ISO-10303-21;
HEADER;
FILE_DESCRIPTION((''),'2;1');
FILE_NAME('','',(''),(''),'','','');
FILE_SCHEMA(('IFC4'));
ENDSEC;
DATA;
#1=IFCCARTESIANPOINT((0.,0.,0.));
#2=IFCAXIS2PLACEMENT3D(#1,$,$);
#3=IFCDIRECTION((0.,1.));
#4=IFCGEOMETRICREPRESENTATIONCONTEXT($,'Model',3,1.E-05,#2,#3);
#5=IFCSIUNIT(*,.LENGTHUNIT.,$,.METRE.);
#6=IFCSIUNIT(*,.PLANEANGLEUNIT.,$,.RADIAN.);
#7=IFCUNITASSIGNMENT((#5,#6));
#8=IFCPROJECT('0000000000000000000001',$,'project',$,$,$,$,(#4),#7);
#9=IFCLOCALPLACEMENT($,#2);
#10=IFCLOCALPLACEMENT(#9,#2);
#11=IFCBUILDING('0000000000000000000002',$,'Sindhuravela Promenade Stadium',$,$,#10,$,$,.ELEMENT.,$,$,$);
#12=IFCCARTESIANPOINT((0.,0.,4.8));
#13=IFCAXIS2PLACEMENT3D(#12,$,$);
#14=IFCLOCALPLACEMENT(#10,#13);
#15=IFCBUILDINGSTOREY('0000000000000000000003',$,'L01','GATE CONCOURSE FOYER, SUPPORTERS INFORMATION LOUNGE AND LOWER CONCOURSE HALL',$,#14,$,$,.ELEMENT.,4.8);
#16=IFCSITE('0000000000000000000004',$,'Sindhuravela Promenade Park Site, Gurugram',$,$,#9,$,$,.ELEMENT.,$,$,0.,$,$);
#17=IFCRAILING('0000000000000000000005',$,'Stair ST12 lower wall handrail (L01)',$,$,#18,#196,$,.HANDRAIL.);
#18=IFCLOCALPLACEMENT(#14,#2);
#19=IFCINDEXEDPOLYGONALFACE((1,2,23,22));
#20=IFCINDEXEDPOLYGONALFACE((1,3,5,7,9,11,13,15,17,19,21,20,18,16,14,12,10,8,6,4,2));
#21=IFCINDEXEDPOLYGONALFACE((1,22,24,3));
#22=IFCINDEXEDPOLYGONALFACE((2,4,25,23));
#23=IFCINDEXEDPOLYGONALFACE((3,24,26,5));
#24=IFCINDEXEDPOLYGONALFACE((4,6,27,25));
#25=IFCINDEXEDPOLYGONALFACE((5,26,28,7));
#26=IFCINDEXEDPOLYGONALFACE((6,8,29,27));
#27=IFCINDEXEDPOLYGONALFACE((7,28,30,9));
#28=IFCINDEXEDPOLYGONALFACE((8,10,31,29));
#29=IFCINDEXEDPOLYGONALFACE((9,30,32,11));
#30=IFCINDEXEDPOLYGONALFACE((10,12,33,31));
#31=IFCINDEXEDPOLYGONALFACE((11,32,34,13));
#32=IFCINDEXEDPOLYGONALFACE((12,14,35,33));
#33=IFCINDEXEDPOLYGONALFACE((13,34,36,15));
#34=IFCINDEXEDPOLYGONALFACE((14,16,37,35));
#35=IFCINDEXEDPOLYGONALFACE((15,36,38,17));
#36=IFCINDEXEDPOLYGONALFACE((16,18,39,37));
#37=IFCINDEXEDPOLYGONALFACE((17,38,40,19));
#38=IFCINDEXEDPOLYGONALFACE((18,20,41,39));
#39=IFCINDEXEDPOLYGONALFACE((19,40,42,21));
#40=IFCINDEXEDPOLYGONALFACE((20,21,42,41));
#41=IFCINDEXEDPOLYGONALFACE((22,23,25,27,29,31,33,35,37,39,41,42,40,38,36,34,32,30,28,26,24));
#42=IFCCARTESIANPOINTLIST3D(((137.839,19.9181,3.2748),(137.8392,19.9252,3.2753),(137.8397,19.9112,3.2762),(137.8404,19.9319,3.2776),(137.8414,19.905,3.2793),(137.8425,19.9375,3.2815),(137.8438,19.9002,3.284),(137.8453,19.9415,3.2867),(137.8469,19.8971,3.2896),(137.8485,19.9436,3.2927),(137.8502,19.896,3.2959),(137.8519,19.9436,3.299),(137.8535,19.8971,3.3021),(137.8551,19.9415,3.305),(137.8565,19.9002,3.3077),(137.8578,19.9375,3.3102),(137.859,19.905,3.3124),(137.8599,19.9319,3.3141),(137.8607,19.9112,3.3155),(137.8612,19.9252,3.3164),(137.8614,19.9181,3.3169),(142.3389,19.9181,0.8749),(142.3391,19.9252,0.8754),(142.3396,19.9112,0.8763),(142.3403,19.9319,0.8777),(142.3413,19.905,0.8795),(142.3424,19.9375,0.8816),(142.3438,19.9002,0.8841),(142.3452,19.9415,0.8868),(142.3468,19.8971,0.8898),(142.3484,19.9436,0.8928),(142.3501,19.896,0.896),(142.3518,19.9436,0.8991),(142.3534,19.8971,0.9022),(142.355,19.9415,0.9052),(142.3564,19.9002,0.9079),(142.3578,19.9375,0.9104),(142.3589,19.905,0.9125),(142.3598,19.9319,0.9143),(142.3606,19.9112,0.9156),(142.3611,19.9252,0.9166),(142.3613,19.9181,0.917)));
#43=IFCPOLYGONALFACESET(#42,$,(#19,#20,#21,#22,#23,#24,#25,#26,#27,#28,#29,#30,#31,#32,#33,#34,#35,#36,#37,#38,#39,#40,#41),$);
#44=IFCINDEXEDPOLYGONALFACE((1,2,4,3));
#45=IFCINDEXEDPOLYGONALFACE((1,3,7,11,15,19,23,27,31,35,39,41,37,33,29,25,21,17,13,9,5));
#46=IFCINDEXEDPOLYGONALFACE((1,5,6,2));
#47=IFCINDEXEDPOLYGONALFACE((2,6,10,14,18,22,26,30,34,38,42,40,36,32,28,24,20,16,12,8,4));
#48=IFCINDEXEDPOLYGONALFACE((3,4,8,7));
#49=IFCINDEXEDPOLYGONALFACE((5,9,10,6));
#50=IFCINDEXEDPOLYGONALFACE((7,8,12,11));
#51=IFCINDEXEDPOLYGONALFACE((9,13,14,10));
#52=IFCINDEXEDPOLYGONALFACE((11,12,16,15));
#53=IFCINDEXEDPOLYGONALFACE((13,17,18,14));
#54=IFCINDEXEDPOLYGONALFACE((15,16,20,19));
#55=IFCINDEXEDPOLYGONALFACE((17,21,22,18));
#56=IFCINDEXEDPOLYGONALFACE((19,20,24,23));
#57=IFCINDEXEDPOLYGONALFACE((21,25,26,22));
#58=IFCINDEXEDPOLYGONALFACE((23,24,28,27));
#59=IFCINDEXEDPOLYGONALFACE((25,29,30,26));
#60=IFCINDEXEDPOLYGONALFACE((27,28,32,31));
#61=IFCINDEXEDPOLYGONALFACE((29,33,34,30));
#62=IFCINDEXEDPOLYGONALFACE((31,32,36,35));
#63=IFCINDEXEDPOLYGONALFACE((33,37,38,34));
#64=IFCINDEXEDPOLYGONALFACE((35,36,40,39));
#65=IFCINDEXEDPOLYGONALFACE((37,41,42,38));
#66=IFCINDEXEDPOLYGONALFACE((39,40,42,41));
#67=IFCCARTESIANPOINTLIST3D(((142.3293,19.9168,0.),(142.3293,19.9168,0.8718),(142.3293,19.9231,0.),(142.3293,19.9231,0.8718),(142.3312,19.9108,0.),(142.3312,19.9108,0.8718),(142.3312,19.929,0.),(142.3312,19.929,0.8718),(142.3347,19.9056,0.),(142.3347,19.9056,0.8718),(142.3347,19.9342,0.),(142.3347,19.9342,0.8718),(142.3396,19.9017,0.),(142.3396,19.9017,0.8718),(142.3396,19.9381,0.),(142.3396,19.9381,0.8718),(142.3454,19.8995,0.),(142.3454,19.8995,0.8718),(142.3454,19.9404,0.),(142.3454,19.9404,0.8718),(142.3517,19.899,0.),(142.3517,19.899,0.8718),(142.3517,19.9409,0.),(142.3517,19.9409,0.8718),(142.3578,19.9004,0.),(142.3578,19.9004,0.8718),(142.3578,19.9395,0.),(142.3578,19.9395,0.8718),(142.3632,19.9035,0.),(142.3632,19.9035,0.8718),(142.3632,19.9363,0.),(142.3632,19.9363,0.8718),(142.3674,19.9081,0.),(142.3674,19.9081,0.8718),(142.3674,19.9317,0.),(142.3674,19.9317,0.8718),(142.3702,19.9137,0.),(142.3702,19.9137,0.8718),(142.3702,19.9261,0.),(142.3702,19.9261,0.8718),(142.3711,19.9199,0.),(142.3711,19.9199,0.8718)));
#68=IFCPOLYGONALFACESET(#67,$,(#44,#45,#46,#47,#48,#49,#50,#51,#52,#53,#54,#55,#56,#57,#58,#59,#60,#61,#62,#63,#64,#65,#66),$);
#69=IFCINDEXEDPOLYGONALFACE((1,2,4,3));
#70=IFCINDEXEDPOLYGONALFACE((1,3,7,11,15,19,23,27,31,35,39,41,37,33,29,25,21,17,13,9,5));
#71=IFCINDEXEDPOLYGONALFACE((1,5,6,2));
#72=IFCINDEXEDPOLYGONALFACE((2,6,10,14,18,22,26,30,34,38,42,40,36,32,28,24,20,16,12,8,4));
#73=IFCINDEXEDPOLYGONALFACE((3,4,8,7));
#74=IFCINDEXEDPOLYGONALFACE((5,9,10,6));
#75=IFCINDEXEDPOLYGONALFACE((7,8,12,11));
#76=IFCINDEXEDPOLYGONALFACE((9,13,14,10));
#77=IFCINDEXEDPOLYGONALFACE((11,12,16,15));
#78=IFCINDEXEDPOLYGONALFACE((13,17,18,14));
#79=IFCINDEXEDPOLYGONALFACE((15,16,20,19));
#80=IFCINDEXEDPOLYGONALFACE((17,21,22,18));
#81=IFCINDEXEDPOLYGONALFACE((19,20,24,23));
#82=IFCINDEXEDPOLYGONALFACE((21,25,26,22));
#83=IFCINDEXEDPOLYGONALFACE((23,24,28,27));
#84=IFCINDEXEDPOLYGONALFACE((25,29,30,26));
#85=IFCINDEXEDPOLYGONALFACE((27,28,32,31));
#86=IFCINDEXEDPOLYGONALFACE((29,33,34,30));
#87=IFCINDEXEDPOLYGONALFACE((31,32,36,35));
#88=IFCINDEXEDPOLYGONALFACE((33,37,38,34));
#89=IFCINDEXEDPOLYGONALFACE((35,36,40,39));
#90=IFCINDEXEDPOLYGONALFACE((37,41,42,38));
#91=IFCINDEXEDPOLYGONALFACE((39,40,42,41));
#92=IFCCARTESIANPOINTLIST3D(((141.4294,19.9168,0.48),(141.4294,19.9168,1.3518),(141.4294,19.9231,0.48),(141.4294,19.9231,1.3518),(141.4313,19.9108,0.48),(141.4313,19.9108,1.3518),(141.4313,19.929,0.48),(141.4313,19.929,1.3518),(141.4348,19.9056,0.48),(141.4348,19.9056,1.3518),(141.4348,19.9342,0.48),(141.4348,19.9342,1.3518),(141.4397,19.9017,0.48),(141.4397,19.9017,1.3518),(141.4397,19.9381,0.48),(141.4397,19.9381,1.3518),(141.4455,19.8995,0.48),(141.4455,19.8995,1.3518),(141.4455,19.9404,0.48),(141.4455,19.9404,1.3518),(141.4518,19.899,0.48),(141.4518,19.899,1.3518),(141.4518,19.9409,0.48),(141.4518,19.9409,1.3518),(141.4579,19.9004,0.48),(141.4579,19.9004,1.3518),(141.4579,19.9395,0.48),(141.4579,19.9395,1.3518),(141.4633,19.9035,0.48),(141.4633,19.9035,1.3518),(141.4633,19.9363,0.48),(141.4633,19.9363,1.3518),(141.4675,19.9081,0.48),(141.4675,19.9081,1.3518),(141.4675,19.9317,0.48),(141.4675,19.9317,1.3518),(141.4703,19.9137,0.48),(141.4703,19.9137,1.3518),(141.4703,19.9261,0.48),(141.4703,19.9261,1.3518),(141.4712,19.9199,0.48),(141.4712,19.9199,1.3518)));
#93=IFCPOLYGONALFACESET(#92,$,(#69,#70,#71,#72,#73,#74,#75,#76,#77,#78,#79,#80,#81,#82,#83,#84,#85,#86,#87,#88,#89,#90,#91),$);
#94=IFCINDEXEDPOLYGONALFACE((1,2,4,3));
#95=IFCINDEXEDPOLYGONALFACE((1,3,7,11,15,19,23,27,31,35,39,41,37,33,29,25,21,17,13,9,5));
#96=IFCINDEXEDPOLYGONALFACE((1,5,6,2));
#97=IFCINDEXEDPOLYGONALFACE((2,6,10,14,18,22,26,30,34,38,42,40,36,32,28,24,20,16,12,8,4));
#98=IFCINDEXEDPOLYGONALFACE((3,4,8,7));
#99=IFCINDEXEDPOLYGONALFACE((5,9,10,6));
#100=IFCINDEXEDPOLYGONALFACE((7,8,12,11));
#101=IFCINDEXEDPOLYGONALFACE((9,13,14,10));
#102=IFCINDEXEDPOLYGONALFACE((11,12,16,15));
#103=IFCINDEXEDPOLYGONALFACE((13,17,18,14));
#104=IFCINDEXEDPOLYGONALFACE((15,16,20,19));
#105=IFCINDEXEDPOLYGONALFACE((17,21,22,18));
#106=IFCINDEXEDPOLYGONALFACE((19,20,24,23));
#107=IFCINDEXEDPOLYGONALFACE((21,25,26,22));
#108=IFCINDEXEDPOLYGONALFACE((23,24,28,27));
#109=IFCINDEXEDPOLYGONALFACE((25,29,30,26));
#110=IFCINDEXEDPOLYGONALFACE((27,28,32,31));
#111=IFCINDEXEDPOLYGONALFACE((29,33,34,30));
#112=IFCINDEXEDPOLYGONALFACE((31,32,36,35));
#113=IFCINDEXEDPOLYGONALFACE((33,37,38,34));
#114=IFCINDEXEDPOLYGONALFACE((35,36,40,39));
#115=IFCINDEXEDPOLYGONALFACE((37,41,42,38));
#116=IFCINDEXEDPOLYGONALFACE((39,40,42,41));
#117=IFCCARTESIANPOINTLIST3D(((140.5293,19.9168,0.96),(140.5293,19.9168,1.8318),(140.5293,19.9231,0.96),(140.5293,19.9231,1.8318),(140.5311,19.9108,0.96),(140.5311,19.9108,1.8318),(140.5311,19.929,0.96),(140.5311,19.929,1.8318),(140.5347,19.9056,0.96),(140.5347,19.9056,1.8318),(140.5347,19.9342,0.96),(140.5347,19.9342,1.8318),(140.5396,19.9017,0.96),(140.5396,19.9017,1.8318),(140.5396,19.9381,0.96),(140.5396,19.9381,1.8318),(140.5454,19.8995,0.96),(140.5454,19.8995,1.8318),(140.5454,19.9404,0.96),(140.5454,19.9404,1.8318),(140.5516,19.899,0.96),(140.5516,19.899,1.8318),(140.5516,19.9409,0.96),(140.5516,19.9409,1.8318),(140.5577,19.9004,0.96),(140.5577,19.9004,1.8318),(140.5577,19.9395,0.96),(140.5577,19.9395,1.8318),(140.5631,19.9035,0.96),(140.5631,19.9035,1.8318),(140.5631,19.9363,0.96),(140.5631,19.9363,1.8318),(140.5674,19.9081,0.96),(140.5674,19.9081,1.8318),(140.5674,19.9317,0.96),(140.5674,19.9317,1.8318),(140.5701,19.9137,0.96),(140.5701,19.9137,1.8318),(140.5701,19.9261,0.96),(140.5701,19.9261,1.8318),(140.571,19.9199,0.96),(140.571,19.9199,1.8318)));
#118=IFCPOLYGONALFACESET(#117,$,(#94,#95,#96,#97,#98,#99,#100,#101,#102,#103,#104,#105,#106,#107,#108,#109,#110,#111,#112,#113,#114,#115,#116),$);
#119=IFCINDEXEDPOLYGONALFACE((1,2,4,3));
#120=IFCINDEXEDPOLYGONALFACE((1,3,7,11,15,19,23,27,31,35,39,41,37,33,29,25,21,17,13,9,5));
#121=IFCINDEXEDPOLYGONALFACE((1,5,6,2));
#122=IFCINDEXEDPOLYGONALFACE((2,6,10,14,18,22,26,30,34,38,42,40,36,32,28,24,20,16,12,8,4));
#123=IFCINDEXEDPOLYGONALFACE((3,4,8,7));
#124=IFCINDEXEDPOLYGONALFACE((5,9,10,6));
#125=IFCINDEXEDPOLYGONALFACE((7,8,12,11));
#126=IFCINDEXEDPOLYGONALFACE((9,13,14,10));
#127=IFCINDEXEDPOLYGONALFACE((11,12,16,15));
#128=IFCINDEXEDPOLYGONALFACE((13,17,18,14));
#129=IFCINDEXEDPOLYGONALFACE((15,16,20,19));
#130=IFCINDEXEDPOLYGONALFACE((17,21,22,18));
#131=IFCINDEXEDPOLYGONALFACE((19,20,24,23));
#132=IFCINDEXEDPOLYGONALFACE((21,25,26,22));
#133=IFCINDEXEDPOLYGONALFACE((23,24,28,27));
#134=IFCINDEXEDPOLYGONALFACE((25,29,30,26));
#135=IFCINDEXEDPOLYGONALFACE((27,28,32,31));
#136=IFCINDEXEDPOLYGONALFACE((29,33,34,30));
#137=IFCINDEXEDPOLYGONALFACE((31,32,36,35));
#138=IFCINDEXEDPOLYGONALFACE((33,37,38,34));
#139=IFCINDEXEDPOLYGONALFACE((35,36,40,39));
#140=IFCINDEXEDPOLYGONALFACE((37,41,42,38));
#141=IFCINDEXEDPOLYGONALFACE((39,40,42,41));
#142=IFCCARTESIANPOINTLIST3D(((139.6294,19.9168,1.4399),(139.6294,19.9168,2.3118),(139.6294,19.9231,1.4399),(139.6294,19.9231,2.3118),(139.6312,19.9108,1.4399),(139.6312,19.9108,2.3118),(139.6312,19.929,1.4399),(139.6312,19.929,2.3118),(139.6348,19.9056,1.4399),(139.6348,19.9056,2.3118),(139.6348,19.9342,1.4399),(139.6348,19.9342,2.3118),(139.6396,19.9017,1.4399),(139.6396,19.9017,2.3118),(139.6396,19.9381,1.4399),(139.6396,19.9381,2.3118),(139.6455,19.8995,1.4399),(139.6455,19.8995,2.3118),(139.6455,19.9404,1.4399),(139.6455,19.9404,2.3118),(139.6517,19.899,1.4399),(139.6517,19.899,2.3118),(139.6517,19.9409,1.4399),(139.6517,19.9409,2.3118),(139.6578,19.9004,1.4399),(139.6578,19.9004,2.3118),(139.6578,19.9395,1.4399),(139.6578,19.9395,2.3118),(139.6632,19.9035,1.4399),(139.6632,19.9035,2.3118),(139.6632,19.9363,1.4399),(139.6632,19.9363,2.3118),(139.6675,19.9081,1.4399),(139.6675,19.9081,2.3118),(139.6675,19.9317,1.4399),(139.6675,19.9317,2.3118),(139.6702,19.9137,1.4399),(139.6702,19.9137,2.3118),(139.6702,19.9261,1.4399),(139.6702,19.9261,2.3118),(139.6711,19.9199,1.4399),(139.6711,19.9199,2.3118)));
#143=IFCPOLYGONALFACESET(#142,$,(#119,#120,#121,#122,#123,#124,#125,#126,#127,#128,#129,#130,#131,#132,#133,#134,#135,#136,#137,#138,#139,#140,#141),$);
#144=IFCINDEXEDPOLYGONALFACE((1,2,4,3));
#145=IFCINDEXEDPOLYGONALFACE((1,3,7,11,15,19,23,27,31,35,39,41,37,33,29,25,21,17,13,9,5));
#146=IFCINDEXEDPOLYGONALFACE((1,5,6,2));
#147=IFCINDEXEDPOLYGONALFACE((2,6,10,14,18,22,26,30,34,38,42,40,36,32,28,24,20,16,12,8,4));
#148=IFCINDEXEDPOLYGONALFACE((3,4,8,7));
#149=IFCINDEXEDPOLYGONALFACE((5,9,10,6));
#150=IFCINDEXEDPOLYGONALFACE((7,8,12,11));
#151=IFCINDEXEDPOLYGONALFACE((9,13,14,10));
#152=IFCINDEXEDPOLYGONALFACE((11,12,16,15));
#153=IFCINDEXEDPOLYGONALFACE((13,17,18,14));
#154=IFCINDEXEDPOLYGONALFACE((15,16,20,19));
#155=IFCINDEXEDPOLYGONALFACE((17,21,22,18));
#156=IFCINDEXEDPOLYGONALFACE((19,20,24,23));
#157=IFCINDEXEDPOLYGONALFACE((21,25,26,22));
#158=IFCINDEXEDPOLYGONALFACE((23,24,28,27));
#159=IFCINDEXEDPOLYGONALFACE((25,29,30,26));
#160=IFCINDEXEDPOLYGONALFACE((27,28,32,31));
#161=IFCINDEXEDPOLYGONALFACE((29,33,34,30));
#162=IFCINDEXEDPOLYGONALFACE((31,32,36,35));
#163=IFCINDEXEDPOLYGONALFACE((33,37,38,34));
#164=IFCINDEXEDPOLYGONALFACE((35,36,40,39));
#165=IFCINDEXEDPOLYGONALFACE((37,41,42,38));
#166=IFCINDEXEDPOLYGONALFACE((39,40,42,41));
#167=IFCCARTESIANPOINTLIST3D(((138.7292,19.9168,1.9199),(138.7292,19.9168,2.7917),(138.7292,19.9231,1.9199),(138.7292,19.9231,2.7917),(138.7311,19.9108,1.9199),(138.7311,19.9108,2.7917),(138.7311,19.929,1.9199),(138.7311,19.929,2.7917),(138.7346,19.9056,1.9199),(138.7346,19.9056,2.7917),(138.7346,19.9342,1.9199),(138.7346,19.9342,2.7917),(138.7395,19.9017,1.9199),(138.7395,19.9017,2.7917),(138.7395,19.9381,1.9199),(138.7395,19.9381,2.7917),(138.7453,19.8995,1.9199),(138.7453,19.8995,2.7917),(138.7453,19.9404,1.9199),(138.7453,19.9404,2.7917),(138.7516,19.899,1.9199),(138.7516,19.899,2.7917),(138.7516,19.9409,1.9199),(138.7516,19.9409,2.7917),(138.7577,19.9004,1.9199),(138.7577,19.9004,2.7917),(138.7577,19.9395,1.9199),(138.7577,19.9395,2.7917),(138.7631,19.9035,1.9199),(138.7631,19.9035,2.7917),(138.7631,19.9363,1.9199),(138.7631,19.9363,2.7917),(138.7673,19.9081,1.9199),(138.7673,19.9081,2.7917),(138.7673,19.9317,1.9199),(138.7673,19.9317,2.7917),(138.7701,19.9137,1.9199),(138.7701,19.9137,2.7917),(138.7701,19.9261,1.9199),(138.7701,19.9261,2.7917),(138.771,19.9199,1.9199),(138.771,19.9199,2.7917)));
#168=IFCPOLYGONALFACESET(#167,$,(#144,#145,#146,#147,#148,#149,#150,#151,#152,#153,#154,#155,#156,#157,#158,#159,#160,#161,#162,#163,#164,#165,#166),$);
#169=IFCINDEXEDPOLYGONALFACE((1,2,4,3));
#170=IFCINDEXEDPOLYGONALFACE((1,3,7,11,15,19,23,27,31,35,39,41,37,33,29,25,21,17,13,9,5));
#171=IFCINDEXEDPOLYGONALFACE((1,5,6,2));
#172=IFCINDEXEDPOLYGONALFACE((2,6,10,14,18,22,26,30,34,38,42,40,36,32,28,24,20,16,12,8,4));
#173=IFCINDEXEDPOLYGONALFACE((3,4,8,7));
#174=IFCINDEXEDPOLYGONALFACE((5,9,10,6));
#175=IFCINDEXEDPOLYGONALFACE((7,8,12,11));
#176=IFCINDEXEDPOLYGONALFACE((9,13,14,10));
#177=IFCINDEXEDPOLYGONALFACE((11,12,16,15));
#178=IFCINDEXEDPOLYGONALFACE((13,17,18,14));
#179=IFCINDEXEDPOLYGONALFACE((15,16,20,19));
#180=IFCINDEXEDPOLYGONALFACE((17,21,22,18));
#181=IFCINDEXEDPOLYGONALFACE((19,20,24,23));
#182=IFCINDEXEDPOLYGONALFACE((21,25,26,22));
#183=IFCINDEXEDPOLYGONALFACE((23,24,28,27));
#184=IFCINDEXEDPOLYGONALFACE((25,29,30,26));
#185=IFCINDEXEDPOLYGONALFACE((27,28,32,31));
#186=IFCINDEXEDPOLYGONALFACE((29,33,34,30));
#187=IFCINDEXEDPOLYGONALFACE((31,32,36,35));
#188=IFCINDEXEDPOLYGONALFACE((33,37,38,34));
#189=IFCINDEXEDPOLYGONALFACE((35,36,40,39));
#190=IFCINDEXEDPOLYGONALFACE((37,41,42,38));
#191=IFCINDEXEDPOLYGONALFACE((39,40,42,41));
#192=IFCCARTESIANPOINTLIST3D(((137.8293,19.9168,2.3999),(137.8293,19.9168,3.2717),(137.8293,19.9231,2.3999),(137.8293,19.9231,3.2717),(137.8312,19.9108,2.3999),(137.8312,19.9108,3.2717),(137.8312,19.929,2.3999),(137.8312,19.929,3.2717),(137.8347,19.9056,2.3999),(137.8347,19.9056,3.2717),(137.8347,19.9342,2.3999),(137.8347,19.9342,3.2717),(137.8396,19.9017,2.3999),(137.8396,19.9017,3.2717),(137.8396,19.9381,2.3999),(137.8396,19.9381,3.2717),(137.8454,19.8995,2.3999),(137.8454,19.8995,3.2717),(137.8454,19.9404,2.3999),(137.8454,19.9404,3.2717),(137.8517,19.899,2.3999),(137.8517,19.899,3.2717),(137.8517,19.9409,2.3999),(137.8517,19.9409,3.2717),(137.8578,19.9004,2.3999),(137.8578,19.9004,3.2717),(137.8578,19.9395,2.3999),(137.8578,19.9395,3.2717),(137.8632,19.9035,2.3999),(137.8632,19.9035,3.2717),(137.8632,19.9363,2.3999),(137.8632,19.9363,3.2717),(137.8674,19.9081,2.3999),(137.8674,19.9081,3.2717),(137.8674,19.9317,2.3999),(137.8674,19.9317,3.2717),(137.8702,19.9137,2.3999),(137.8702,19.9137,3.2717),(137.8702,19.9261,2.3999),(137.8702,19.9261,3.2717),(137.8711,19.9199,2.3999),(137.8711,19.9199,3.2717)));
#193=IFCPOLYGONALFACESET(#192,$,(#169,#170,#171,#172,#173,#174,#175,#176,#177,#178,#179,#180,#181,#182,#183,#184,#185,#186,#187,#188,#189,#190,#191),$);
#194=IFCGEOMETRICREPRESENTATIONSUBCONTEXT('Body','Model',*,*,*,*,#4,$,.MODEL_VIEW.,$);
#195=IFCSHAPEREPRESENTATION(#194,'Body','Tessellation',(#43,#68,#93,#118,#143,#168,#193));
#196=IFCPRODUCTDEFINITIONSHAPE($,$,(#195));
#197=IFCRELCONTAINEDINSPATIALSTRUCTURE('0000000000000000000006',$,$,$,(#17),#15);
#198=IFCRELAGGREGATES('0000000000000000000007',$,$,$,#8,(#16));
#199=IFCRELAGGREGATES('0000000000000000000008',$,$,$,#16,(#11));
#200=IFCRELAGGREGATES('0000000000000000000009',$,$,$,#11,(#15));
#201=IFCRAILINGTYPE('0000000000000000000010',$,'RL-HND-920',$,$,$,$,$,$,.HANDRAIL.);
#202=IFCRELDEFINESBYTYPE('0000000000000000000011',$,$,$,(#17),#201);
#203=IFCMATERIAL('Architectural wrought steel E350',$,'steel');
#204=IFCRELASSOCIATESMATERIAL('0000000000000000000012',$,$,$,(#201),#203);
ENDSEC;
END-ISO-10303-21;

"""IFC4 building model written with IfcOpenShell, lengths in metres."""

from ifc_helpers import new_model, si_unit, direction, frame, origin, origin_2d, place, context, subcontext, project, spatial, circle, extrude, material, type_object, element, save


model = new_model("IFC4")

# Units and contexts
model_context = context("Model", 3, precision=1e-05, world=origin(), true_north=direction((0.0, 1.0)))
body_context = subcontext(model_context, "Body", "Model", "MODEL_VIEW")
ifc_project = project(units=[si_unit("LENGTHUNIT", "METRE"), si_unit("PLANEANGLEUNIT", "RADIAN")], contexts=[model_context])

# Site, building, storey
site_placement = place(None, origin())
site = spatial("IfcSite", under=ifc_project, at=site_placement, Name="Sindhuravela Promenade Park Site, Gurugram", CompositionType="ELEMENT", RefElevation=0.0)
building_placement = place(site_placement, origin())
building = spatial("IfcBuilding", under=site, at=building_placement, Name="Sindhuravela Promenade Stadium", CompositionType="ELEMENT")
storey_placement = place(building_placement, frame((0.0, 0.0, 4.8)))
storey = spatial("IfcBuildingStorey", under=building, at=storey_placement, Name="L01", Description="GATE CONCOURSE FOYER, SUPPORTERS INFORMATION LOUNGE AND LOWER CONCOURSE HALL", CompositionType="ELEMENT", Elevation=4.8)

# Shared definitions
ifc_material_1 = material(Name="Architectural wrought steel E350", Category="steel")

# Railing
railing_type_1 = type_object("IfcRailingType", Name="RL-HND-920", PredefinedType="HANDRAIL", material=ifc_material_1)
railing_1_placement = place(storey_placement, frame((142.3501, 19.9199, 0.0)))
element("IfcRailing", 1, at=railing_1_placement, inside=storey, type_object=railing_type_1, Name="Stair ST12 lower wall handrail (L01)", PredefinedType="HANDRAIL", context=body_context, shape_type="SweptSolid", body=[
    extrude(circle(Radius=0.0239, at=origin_2d()), frame((0.0, 0.0, 0.896), z_axis=(-0.882361, 0.0, 0.470573), x_axis=(0.0, -1.0, 0.0)), (0.0, 0.0, 1.0), 5.0999),
    extrude(circle(Radius=0.021, at=origin_2d()), origin(), (0.0, 0.0, 1.0), 0.8718),
    extrude(circle(Radius=0.021, at=origin_2d()), frame((-0.8999, 0.0, 0.48)), (0.0, 0.0, 1.0), 0.8718),
    extrude(circle(Radius=0.021, at=origin_2d()), frame((-1.8, 0.0, 0.96)), (0.0, 0.0, 1.0), 0.8718),
    extrude(circle(Radius=0.021, at=origin_2d()), frame((-2.7, 0.0, 1.4399)), (0.0, 0.0, 1.0), 0.8718),
    extrude(circle(Radius=0.021, at=origin_2d()), frame((-3.6001, 0.0, 1.9199)), (0.0, 0.0, 1.0), 0.8718),
    extrude(circle(Radius=0.021, at=origin_2d()), frame((-4.5, 0.0, 2.3999)), (0.0, 0.0, 1.0), 0.8718),
])

save(model, "model.ifc")
